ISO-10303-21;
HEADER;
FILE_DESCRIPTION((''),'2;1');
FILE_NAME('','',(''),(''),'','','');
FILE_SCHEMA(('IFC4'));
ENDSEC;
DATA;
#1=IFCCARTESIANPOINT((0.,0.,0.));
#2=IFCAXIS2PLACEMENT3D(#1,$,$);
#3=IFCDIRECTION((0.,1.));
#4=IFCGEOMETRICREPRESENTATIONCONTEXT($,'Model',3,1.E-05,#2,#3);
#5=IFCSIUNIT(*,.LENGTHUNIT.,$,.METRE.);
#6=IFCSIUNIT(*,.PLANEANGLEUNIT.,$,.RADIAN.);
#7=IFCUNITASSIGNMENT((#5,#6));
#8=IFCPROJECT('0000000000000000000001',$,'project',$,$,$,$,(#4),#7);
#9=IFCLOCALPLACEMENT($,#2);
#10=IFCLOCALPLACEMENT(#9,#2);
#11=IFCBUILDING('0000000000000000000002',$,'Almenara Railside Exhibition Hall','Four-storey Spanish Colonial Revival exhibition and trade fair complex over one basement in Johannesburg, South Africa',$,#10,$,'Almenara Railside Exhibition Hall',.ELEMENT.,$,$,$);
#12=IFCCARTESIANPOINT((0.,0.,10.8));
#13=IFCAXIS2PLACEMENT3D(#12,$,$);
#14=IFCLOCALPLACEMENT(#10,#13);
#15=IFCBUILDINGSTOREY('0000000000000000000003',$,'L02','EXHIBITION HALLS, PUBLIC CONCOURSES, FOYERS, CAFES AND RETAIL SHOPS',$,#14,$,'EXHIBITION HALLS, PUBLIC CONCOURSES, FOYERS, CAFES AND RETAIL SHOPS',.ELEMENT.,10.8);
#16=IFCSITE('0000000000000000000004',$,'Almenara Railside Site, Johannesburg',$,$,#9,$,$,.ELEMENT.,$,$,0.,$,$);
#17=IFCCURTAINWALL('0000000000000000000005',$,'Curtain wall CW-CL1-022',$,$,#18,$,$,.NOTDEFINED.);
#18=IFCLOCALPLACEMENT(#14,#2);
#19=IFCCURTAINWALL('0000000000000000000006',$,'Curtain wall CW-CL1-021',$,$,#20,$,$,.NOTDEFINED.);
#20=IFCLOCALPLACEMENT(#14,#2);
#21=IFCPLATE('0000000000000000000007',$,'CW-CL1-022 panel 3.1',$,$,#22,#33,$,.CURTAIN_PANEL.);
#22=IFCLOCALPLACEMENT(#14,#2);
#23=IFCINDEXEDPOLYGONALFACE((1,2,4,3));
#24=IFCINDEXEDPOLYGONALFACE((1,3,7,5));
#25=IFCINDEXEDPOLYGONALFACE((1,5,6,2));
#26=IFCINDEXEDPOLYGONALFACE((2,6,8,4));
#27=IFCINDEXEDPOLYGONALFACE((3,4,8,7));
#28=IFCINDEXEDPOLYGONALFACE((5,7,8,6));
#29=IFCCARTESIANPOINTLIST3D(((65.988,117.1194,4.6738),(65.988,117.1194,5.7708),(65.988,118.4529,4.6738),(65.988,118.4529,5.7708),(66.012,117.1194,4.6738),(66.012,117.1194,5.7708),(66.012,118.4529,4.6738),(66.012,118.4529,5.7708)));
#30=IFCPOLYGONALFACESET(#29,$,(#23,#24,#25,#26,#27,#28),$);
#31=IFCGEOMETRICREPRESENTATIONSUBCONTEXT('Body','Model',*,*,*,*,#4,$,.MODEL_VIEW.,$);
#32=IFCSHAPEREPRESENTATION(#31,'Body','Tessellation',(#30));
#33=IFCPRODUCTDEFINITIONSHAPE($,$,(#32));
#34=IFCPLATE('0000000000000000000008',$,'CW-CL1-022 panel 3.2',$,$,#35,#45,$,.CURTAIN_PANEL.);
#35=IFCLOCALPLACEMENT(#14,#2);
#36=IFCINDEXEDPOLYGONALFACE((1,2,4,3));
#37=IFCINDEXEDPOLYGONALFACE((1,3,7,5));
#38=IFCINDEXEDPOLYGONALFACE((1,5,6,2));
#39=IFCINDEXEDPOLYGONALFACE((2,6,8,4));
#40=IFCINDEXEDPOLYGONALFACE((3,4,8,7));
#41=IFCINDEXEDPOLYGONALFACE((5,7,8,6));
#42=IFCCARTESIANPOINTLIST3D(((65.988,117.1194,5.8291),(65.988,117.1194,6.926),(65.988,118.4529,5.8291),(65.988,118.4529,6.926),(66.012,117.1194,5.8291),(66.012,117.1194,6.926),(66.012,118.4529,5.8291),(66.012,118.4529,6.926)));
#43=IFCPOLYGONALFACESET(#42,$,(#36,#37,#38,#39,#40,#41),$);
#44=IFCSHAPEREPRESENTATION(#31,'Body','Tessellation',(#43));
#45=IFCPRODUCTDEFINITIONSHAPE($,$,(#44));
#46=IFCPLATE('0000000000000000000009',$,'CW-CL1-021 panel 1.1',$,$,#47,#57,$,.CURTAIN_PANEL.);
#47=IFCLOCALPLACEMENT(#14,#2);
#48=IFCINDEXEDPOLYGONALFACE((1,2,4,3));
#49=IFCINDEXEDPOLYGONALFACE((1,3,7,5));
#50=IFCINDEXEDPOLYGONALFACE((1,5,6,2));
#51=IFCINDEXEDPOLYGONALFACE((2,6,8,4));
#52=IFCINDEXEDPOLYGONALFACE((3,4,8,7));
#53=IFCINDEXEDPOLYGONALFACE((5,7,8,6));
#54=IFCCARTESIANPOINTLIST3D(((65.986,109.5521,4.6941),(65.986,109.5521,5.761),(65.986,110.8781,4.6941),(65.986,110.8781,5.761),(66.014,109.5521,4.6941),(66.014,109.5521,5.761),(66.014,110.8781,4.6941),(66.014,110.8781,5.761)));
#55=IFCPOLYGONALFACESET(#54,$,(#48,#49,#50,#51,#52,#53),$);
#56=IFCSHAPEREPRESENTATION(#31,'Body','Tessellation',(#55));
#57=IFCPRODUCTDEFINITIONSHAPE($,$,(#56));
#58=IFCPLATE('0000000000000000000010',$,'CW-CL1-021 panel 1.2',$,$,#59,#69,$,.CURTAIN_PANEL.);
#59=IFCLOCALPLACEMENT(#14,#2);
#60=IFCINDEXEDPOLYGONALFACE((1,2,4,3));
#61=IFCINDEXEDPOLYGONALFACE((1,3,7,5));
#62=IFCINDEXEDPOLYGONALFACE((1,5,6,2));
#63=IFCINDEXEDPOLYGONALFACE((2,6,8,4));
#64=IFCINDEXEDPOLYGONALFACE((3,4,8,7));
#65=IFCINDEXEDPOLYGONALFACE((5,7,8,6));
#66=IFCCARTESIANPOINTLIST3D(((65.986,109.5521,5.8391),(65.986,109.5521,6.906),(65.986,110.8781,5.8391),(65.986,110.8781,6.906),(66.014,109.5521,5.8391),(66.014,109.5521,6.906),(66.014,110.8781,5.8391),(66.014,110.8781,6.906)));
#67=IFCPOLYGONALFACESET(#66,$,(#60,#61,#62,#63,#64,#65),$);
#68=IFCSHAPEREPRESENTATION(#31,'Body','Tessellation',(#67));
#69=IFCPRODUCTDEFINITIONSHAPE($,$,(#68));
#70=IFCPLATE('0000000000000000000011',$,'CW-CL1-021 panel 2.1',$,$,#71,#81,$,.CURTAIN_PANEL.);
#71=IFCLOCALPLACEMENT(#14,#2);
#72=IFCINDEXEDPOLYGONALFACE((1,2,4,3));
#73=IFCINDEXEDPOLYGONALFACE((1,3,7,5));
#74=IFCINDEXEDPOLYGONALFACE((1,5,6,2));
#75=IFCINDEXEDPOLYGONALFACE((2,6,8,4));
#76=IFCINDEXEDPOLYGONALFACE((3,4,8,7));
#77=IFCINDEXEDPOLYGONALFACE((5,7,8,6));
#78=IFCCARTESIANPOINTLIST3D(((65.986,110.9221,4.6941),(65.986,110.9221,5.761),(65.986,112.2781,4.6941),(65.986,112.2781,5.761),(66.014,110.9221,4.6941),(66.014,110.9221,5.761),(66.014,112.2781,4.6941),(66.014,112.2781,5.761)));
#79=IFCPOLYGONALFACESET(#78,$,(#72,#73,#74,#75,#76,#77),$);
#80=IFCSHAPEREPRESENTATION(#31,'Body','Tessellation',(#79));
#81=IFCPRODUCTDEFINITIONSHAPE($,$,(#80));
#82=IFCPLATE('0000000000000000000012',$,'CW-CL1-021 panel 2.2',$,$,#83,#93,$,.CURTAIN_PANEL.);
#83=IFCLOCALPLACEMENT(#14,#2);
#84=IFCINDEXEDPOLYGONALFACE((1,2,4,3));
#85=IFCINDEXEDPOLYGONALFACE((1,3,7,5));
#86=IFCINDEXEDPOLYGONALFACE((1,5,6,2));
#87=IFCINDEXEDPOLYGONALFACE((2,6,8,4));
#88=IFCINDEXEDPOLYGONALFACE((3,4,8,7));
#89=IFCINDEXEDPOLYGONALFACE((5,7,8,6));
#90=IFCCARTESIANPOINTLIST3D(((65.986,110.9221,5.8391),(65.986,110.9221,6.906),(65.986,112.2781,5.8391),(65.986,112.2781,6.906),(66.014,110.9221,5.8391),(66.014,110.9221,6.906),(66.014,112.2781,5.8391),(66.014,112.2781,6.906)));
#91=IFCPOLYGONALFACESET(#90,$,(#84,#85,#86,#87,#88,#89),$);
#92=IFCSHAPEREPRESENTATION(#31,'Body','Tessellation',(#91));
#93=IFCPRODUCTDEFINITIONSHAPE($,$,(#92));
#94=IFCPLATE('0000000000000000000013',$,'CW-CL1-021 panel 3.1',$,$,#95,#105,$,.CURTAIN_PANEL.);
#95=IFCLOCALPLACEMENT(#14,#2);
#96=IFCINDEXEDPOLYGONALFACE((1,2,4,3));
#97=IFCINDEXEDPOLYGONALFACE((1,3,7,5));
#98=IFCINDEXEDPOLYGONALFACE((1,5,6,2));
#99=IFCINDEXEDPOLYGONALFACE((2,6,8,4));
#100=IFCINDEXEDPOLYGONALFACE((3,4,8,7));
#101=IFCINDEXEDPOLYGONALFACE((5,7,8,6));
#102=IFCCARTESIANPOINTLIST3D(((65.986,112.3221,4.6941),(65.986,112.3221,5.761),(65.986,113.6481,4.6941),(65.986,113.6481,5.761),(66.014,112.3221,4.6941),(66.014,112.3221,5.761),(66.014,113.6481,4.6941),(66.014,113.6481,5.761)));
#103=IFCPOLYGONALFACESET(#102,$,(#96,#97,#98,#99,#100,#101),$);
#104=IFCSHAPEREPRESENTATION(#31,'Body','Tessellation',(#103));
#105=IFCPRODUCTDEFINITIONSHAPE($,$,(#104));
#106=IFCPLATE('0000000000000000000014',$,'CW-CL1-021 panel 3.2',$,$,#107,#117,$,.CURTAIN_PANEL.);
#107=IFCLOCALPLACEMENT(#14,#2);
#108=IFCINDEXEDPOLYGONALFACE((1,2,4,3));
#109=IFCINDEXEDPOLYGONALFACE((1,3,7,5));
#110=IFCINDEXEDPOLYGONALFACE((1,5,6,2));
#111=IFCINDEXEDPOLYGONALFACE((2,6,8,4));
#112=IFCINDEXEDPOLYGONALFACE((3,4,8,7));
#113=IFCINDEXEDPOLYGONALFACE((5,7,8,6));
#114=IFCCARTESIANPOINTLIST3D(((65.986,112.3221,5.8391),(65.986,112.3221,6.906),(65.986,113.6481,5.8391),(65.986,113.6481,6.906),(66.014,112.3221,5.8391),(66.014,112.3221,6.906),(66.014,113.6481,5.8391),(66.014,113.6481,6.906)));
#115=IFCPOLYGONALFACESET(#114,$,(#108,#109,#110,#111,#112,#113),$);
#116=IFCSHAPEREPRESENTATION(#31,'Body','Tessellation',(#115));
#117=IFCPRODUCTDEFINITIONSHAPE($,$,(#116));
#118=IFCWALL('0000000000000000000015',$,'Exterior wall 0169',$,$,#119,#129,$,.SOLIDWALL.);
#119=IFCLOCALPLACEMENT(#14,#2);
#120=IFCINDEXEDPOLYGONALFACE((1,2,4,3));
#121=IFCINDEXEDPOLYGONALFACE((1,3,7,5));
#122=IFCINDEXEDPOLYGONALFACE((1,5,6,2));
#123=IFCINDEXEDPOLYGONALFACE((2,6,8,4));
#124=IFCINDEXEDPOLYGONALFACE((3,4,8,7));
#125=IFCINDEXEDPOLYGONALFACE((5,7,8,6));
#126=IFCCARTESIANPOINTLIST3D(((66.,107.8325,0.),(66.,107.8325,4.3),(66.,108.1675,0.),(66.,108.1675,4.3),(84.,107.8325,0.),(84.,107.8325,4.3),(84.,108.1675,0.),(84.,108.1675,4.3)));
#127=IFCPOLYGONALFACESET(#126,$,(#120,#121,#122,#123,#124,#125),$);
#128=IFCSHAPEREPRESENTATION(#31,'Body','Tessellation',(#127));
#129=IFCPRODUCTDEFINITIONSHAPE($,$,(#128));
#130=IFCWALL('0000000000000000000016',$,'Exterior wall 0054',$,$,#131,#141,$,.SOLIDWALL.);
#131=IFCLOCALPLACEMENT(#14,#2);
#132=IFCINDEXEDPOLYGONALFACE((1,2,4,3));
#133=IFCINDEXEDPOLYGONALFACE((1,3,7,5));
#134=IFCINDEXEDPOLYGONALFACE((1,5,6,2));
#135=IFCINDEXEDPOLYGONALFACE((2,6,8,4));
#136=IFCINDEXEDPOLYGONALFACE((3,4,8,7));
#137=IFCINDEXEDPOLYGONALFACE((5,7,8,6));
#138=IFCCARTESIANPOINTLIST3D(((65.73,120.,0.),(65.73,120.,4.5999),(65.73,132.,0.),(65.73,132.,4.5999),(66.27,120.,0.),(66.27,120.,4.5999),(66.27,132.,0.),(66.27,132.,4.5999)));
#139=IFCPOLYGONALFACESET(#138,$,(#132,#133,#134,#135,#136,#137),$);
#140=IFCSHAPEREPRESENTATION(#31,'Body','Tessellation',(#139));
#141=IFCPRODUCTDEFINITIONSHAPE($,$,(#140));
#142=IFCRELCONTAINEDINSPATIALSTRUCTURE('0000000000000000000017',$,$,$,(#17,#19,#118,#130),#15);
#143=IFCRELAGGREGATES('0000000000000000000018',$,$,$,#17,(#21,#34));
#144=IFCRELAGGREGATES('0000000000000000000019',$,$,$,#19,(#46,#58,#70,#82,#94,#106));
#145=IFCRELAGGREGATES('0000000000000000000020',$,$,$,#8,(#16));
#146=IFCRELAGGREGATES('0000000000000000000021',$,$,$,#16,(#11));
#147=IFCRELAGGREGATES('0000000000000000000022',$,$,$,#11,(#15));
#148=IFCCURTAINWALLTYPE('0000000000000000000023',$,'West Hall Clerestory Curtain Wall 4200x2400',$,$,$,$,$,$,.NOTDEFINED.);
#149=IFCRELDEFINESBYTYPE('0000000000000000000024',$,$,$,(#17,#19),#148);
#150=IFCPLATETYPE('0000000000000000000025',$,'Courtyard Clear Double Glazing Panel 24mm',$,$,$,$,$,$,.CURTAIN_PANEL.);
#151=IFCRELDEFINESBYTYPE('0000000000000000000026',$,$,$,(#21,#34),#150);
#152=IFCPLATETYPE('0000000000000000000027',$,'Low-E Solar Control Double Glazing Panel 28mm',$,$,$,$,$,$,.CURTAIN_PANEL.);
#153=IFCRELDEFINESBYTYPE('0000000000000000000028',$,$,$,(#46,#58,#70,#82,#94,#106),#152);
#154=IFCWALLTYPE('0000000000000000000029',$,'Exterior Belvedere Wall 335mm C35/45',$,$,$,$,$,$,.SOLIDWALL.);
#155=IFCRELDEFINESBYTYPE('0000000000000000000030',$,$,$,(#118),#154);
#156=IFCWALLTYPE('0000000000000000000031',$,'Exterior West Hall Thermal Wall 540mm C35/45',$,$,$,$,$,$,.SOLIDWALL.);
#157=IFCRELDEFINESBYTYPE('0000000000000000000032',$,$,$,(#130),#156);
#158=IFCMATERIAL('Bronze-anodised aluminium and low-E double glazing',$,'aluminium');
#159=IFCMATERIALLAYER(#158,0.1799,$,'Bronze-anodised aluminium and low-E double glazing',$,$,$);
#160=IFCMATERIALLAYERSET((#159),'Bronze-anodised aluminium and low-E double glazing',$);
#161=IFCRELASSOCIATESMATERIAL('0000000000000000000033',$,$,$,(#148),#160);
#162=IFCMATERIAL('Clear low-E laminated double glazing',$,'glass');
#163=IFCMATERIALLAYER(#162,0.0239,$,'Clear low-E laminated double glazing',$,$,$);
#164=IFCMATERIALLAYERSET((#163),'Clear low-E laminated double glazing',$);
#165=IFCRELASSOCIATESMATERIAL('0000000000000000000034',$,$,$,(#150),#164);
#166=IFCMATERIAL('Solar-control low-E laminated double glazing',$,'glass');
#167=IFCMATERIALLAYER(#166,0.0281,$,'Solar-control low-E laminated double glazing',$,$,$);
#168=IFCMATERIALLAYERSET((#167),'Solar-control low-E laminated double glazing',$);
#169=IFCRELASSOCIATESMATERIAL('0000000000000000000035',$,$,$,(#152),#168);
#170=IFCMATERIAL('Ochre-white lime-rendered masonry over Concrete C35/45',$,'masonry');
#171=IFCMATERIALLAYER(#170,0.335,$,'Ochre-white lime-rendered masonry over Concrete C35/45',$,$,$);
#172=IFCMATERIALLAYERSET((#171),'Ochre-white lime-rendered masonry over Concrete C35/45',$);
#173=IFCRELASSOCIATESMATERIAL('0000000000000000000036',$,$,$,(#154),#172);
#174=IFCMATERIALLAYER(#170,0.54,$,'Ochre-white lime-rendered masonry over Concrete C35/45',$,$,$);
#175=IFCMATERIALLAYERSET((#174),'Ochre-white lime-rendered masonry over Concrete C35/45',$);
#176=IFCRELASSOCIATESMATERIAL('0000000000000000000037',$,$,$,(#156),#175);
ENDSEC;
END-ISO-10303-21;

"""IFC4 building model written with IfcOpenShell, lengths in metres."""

from ifc_helpers import new_model, si_unit, direction, frame, frame_2d, origin, origin_2d, place, context, subcontext, project, spatial, rectangle, extrude, material, layer, layer_set, type_object, element, aggregate, save


model = new_model("IFC4")

# Units and contexts
model_context = context("Model", 3, precision=1e-05, world=origin(), true_north=direction((0.0, 1.0)))
body_context = subcontext(model_context, "Body", "Model", "MODEL_VIEW")
ifc_project = project(units=[si_unit("LENGTHUNIT", "METRE"), si_unit("PLANEANGLEUNIT", "RADIAN")], contexts=[model_context])

# Site, building, storey
site_placement = place(None, origin())
site = spatial("IfcSite", under=ifc_project, at=site_placement, Name="Almenara Railside Site, Johannesburg", CompositionType="ELEMENT", RefElevation=0.0)
building_placement = place(site_placement, origin())
building = spatial("IfcBuilding", under=site, at=building_placement, Name="Almenara Railside Exhibition Hall", Description="Four-storey Spanish Colonial Revival exhibition and trade fair complex over one basement in Johannesburg, South Africa", LongName="Almenara Railside Exhibition Hall", CompositionType="ELEMENT")
storey_placement = place(building_placement, frame((0.0, 0.0, 10.8)))
storey = spatial("IfcBuildingStorey", under=building, at=storey_placement, Name="L02", Description="EXHIBITION HALLS, PUBLIC CONCOURSES, FOYERS, CAFES AND RETAIL SHOPS", LongName="EXHIBITION HALLS, PUBLIC CONCOURSES, FOYERS, CAFES AND RETAIL SHOPS", CompositionType="ELEMENT", Elevation=10.8)

# Curtain walls
ifc_material_1 = material(Name="Bronze-anodised aluminium and low-E double glazing", Category="aluminium")
ifc_layer_1 = layer(ifc_material_1, 0.1799, Name="Bronze-anodised aluminium and low-E double glazing")
ifc_layer_set_1 = layer_set([ifc_layer_1], Name="Bronze-anodised aluminium and low-E double glazing")
curtain_wall_type = type_object("IfcCurtainWallType", Name="West Hall Clerestory Curtain Wall 4200x2400", PredefinedType="NOTDEFINED", material=ifc_layer_set_1)
curtain_wall_1_placement = place(storey_placement, origin())
curtain_wall_1 = element("IfcCurtainWall", 1, at=curtain_wall_1_placement, inside=storey, type_object=curtain_wall_type, Name="Curtain wall CW-CL1-022", PredefinedType="NOTDEFINED")
curtain_wall_2_placement = place(storey_placement, origin())
curtain_wall_2 = element("IfcCurtainWall", 2, at=curtain_wall_2_placement, inside=storey, type_object=curtain_wall_type, Name="Curtain wall CW-CL1-021", PredefinedType="NOTDEFINED")

# Plates
ifc_material_2 = material(Name="Clear low-E laminated double glazing", Category="glass")
ifc_layer_2 = layer(ifc_material_2, 0.0239, Name="Clear low-E laminated double glazing")
ifc_layer_set_2 = layer_set([ifc_layer_2], Name="Clear low-E laminated double glazing")
plate_type_1 = type_object("IfcPlateType", Name="Courtyard Clear Double Glazing Panel 24mm", PredefinedType="CURTAIN_PANEL", material=ifc_layer_set_2)
plate_1_placement = place(storey_placement, frame((66.0, 117.7861, 4.6738), z_axis=(0.0, 0.0, 1.0), x_axis=(0.0, 1.0, 0.0)))
plate_1 = element("IfcPlate", 3, at=plate_1_placement, type_object=plate_type_1, Name="CW-CL1-022 panel 3.1", PredefinedType="CURTAIN_PANEL", context=body_context, shape_type="SweptSolid", body=[
    extrude(rectangle(XDim=1.3335, YDim=0.0239, at=origin_2d()), origin(), (0.0, 0.0, 1.0), 1.0969),
])
plate_2_placement = place(storey_placement, frame((66.0, 117.7861, 5.8291), z_axis=(0.0, 0.0, 1.0), x_axis=(0.0, 1.0, 0.0)))
plate_2 = element("IfcPlate", 4, at=plate_2_placement, type_object=plate_type_1, Name="CW-CL1-022 panel 3.2", PredefinedType="CURTAIN_PANEL", context=body_context, shape_type="SweptSolid", body=[
    extrude(rectangle(XDim=1.3335, YDim=0.0239, at=origin_2d()), origin(), (0.0, 0.0, 1.0), 1.0969),
])
aggregate(curtain_wall_1, [plate_1, plate_2])
ifc_material_3 = material(Name="Solar-control low-E laminated double glazing", Category="glass")
ifc_layer_3 = layer(ifc_material_3, 0.0281, Name="Solar-control low-E laminated double glazing")
ifc_layer_set_3 = layer_set([ifc_layer_3], Name="Solar-control low-E laminated double glazing")
plate_type_2 = type_object("IfcPlateType", Name="Low-E Solar Control Double Glazing Panel 28mm", PredefinedType="CURTAIN_PANEL", material=ifc_layer_set_3)
plate_3_placement = place(storey_placement, frame((66.0, 110.2151, 4.6941), z_axis=(0.0, 0.0, 1.0), x_axis=(0.0, 1.0, 0.0)))
plate_3 = element("IfcPlate", 5, at=plate_3_placement, type_object=plate_type_2, Name="CW-CL1-021 panel 1.1", PredefinedType="CURTAIN_PANEL", context=body_context, shape_type="SweptSolid", body=[
    extrude(rectangle(XDim=1.3259, YDim=0.0281, at=origin_2d()), origin(), (0.0, 0.0, 1.0), 1.0669),
])
plate_4_placement = place(storey_placement, frame((66.0, 110.2151, 5.8391), z_axis=(0.0, 0.0, 1.0), x_axis=(0.0, 1.0, 0.0)))
plate_4 = element("IfcPlate", 6, at=plate_4_placement, type_object=plate_type_2, Name="CW-CL1-021 panel 1.2", PredefinedType="CURTAIN_PANEL", context=body_context, shape_type="SweptSolid", body=[
    extrude(rectangle(XDim=1.3259, YDim=0.0281, at=origin_2d()), origin(), (0.0, 0.0, 1.0), 1.0669),
])
plate_5_placement = place(storey_placement, frame((66.0, 111.6001, 4.6941), z_axis=(0.0, 0.0, 1.0), x_axis=(0.0, 1.0, 0.0)))
plate_5 = element("IfcPlate", 7, at=plate_5_placement, type_object=plate_type_2, Name="CW-CL1-021 panel 2.1", PredefinedType="CURTAIN_PANEL", context=body_context, shape_type="SweptSolid", body=[
    extrude(rectangle(XDim=1.356, YDim=0.0281, at=origin_2d()), origin(), (0.0, 0.0, 1.0), 1.0669),
])
plate_6_placement = place(storey_placement, frame((66.0, 111.6001, 5.8391), z_axis=(0.0, 0.0, 1.0), x_axis=(0.0, 1.0, 0.0)))
plate_6 = element("IfcPlate", 8, at=plate_6_placement, type_object=plate_type_2, Name="CW-CL1-021 panel 2.2", PredefinedType="CURTAIN_PANEL", context=body_context, shape_type="SweptSolid", body=[
    extrude(rectangle(XDim=1.356, YDim=0.0281, at=origin_2d()), origin(), (0.0, 0.0, 1.0), 1.0669),
])
plate_7_placement = place(storey_placement, frame((66.0, 112.9851, 4.6941), z_axis=(0.0, 0.0, 1.0), x_axis=(0.0, 1.0, 0.0)))
plate_7 = element("IfcPlate", 9, at=plate_7_placement, type_object=plate_type_2, Name="CW-CL1-021 panel 3.1", PredefinedType="CURTAIN_PANEL", context=body_context, shape_type="SweptSolid", body=[
    extrude(rectangle(XDim=1.3259, YDim=0.0281, at=origin_2d()), origin(), (0.0, 0.0, 1.0), 1.0669),
])
plate_8_placement = place(storey_placement, frame((66.0, 112.9851, 5.8391), z_axis=(0.0, 0.0, 1.0), x_axis=(0.0, 1.0, 0.0)))
plate_8 = element("IfcPlate", 10, at=plate_8_placement, type_object=plate_type_2, Name="CW-CL1-021 panel 3.2", PredefinedType="CURTAIN_PANEL", context=body_context, shape_type="SweptSolid", body=[
    extrude(rectangle(XDim=1.3259, YDim=0.0281, at=origin_2d()), origin(), (0.0, 0.0, 1.0), 1.0669),
])
aggregate(curtain_wall_2, [plate_3, plate_4, plate_5, plate_6, plate_7, plate_8])

# Walls
ifc_material_4 = material(Name="Ochre-white lime-rendered masonry over Concrete C35/45", Category="masonry")
ifc_layer_4 = layer(ifc_material_4, 0.335, Name="Ochre-white lime-rendered masonry over Concrete C35/45")
ifc_layer_set_4 = layer_set([ifc_layer_4], Name="Ochre-white lime-rendered masonry over Concrete C35/45")
wall_type_1 = type_object("IfcWallType", Name="Exterior Belvedere Wall 335mm C35/45", PredefinedType="SOLIDWALL", material=ifc_layer_set_4)
wall_1_placement = place(storey_placement, frame((84.0, 108.0, 0.0), z_axis=(0.0, 0.0, 1.0), x_axis=(-1.0, 0.0, 0.0)))
element("IfcWall", 11, at=wall_1_placement, inside=storey, type_object=wall_type_1, Name="Exterior wall 0169", PredefinedType="SOLIDWALL", context=body_context, shape_type="SweptSolid", body=[
    extrude(rectangle(XDim=18.0, YDim=0.335, at=frame_2d((9.0, 0.0))), origin(), (0.0, 0.0, 1.0), 4.3),
])
ifc_layer_5 = layer(ifc_material_4, 0.54, Name="Ochre-white lime-rendered masonry over Concrete C35/45")
ifc_layer_set_5 = layer_set([ifc_layer_5], Name="Ochre-white lime-rendered masonry over Concrete C35/45")
wall_type_2 = type_object("IfcWallType", Name="Exterior West Hall Thermal Wall 540mm C35/45", PredefinedType="SOLIDWALL", material=ifc_layer_set_5)
wall_2_placement = place(storey_placement, frame((66.0, 120.0, 0.0), z_axis=(0.0, 0.0, 1.0), x_axis=(0.0, 1.0, 0.0)))
element("IfcWall", 12, at=wall_2_placement, inside=storey, type_object=wall_type_2, Name="Exterior wall 0054", PredefinedType="SOLIDWALL", context=body_context, shape_type="SweptSolid", body=[
    extrude(rectangle(XDim=12.0, YDim=0.54, at=frame_2d((6.0, 0.0))), origin(), (0.0, 0.0, 1.0), 4.5999),
])

save(model, "model.ifc")
